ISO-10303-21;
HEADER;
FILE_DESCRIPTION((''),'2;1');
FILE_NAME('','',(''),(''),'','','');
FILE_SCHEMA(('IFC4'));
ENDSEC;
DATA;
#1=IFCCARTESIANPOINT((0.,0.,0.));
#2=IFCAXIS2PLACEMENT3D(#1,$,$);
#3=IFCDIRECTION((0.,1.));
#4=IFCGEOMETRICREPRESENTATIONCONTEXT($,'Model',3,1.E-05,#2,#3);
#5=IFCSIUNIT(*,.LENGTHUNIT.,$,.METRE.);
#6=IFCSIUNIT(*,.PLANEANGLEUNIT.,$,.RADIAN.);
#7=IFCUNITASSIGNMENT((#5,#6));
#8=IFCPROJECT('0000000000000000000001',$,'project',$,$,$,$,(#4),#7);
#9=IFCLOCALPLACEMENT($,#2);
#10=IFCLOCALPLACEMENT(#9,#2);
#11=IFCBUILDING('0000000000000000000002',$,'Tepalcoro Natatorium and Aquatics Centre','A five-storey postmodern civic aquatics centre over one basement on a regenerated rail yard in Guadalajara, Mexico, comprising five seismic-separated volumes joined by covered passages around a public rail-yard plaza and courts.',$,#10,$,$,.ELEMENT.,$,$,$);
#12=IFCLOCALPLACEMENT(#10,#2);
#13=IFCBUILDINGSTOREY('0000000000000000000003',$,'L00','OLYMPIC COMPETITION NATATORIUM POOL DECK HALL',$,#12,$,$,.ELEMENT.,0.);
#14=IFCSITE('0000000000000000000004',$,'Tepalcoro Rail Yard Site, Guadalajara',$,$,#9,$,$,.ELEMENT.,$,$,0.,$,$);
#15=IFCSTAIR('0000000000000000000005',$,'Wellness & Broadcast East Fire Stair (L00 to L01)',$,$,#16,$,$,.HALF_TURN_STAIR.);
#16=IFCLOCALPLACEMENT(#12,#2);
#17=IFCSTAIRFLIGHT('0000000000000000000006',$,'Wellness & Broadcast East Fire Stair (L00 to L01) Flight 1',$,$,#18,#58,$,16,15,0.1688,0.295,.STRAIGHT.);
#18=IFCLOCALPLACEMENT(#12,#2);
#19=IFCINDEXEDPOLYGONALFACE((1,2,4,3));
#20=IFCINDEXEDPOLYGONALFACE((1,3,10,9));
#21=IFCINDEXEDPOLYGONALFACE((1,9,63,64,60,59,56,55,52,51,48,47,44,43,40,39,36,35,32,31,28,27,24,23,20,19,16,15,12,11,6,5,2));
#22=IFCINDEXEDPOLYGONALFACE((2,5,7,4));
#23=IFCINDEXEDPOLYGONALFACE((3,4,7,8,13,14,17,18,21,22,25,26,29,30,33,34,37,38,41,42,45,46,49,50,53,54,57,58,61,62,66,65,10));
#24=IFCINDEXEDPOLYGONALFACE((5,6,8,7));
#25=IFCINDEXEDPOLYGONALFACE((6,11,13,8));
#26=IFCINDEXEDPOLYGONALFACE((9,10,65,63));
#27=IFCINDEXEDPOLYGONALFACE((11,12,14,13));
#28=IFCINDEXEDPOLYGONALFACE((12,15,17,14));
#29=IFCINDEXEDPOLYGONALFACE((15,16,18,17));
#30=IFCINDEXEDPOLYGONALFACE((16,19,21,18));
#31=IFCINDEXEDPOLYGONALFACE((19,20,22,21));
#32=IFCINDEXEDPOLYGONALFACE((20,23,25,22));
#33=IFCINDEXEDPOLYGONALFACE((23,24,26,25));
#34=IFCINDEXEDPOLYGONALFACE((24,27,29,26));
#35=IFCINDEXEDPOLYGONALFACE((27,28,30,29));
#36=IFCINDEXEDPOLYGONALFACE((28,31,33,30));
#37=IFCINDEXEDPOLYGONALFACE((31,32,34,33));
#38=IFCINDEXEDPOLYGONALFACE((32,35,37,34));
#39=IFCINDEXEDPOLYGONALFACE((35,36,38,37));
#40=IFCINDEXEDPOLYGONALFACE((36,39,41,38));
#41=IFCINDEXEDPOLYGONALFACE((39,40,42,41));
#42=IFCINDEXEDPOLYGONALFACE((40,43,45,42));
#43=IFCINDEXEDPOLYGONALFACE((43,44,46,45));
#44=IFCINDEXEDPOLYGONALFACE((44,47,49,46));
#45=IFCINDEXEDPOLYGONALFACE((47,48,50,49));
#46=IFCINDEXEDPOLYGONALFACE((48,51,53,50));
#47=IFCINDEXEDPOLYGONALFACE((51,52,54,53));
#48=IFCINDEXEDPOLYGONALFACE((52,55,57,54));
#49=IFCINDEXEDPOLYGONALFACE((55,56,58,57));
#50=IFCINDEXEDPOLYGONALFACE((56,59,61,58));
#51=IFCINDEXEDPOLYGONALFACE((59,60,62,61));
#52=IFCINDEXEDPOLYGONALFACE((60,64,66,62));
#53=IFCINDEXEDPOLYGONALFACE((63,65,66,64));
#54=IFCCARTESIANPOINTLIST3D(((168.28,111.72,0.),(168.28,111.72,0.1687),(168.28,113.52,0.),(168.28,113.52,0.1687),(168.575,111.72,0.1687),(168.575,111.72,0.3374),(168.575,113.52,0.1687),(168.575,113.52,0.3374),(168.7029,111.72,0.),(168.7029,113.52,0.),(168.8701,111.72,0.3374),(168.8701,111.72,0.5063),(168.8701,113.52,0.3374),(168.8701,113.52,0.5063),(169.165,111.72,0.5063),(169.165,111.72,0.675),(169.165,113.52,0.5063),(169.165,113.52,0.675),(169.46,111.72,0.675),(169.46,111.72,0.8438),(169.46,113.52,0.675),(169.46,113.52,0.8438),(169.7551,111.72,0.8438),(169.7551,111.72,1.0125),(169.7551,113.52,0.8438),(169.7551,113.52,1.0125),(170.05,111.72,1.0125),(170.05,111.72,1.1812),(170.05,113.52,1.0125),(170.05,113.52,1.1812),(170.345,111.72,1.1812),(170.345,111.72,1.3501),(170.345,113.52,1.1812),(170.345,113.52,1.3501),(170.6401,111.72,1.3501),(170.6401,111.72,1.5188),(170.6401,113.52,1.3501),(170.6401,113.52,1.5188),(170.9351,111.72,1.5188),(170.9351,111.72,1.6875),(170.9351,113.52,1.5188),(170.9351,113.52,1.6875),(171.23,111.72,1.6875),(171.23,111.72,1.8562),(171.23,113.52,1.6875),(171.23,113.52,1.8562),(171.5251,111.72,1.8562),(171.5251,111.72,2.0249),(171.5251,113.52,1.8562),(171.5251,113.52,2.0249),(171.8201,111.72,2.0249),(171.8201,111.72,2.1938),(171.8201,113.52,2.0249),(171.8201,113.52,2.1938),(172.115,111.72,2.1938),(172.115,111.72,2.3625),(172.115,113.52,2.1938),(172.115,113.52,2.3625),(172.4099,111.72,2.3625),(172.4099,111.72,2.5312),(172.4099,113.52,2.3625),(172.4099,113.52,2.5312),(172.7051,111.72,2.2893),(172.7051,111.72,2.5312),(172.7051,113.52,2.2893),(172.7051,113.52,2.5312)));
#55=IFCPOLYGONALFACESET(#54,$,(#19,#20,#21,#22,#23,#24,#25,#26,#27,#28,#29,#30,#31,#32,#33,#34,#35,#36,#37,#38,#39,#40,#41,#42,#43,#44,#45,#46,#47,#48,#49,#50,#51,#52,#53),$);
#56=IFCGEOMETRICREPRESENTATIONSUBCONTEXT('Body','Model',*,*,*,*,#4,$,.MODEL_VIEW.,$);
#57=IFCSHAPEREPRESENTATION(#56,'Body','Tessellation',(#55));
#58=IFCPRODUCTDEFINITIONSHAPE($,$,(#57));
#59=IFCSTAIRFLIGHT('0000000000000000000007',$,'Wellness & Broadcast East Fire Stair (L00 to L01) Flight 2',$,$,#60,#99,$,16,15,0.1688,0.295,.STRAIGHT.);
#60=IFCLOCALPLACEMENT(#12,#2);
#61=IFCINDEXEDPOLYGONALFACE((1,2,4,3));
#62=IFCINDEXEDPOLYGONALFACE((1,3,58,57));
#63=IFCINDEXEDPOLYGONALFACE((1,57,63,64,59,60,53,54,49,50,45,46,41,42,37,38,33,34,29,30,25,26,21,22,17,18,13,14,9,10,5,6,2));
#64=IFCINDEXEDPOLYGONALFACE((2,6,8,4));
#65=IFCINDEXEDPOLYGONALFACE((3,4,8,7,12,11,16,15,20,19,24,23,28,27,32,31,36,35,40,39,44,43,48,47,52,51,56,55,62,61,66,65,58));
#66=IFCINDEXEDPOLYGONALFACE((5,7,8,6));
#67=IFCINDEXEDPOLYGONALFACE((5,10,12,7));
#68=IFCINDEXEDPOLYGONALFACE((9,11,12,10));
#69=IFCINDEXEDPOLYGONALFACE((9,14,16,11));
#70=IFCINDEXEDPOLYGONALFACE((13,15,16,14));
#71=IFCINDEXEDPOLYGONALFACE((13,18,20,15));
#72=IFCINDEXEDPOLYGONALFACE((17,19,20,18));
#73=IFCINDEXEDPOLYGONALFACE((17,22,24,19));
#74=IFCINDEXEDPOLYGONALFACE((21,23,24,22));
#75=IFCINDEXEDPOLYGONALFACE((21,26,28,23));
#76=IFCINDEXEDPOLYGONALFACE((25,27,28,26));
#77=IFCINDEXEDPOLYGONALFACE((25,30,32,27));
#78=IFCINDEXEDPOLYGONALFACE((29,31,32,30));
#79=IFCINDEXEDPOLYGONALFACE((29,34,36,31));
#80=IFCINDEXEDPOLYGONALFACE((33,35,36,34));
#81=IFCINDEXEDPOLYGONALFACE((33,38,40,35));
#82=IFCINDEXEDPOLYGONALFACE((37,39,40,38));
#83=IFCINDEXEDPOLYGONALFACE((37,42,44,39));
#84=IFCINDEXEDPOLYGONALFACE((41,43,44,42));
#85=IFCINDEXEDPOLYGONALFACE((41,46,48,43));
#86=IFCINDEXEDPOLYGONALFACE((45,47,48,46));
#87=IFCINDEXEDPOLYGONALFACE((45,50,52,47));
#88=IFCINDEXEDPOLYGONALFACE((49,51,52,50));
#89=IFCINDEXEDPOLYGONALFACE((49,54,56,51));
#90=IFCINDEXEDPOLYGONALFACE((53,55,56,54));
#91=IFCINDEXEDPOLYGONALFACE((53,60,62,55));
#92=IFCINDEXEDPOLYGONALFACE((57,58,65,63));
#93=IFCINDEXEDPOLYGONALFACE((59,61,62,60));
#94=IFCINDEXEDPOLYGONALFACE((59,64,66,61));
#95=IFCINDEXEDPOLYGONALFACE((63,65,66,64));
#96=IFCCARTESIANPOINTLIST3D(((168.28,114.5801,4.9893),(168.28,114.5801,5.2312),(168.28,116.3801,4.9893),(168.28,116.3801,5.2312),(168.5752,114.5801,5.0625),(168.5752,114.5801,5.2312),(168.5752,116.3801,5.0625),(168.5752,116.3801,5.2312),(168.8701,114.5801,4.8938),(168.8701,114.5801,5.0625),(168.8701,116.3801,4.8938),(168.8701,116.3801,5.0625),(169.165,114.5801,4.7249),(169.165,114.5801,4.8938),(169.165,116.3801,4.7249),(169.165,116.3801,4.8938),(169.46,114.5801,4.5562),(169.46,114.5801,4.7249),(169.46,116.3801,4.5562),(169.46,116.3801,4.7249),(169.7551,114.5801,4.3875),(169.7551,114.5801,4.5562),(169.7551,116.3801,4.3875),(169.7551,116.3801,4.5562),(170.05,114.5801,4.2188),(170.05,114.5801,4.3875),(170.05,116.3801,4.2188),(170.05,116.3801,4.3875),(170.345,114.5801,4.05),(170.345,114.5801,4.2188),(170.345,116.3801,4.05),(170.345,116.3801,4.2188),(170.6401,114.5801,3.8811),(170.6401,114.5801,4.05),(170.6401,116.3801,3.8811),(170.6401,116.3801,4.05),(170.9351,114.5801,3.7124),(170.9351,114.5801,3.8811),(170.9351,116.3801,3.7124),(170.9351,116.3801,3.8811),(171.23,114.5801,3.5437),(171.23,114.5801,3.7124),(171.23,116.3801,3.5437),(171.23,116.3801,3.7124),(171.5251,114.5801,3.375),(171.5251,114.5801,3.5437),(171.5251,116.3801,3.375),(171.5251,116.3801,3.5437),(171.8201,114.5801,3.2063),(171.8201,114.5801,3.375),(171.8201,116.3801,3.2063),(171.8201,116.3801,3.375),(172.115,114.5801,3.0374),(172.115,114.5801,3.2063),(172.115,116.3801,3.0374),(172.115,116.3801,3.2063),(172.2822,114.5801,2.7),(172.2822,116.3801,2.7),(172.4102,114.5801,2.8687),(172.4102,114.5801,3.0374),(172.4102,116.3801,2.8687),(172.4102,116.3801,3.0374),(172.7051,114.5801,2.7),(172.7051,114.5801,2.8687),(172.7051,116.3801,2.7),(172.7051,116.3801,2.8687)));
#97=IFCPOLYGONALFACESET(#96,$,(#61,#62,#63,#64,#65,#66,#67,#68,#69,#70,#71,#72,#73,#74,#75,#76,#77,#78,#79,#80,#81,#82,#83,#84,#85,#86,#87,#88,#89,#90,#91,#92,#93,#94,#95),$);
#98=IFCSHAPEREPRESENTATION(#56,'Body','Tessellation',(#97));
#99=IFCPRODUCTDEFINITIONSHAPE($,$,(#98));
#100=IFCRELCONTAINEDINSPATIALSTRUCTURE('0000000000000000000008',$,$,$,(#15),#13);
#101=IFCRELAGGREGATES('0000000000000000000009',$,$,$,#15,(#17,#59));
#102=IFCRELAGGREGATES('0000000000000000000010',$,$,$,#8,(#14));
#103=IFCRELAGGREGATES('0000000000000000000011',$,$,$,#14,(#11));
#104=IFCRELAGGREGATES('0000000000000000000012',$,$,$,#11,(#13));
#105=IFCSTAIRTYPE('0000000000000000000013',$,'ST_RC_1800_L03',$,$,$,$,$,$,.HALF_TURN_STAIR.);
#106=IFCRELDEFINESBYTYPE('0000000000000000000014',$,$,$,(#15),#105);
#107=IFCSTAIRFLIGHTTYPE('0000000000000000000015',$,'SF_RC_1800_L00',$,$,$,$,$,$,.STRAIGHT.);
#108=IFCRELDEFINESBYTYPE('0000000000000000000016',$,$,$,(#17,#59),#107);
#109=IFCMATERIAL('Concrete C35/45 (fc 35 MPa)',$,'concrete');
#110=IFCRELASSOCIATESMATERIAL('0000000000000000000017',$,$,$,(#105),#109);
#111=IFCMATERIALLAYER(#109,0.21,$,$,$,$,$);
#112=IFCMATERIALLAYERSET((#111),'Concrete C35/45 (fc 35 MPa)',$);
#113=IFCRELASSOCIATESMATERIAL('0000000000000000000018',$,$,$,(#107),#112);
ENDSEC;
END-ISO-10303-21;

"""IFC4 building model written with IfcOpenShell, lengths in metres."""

from ifc_helpers import new_model, si_unit, direction, frame, origin, place, context, subcontext, project, spatial, polyline, outline, extrude, material, layer, layer_set, type_object, element, aggregate, save


model = new_model("IFC4")

# Units and contexts
model_context = context("Model", 3, precision=1e-05, world=origin(), true_north=direction((0.0, 1.0)))
body_context = subcontext(model_context, "Body", "Model", "MODEL_VIEW")
ifc_project = project(units=[si_unit("LENGTHUNIT", "METRE"), si_unit("PLANEANGLEUNIT", "RADIAN")], contexts=[model_context])

# Site, building, storey
site_placement = place(None, origin())
site = spatial("IfcSite", under=ifc_project, at=site_placement, Name="Tepalcoro Rail Yard Site, Guadalajara", CompositionType="ELEMENT", RefElevation=0.0)
building_placement = place(site_placement, origin())
building = spatial("IfcBuilding", under=site, at=building_placement, Name="Tepalcoro Natatorium and Aquatics Centre", Description="A five-storey postmodern civic aquatics centre over one basement on a regenerated rail yard in Guadalajara, Mexico, comprising five seismic-separated volumes joined by covered passages around a public rail-yard plaza and courts.", CompositionType="ELEMENT")
storey_placement = place(building_placement, origin())
storey = spatial("IfcBuildingStorey", under=building, at=storey_placement, Name="L00", Description="OLYMPIC COMPETITION NATATORIUM POOL DECK HALL", CompositionType="ELEMENT", Elevation=0.0)

# Stair, stair flights
ifc_material_1 = material(Name="Concrete C35/45 (fc 35 MPa)", Category="concrete")
stair_type = type_object("IfcStairType", Name="ST_RC_1800_L03", PredefinedType="HALF_TURN_STAIR", material=ifc_material_1)
stair_placement = place(storey_placement, origin())
stair = element("IfcStair", 1, at=stair_placement, inside=storey, type_object=stair_type, Name="Wellness & Broadcast East Fire Stair (L00 to L01)", PredefinedType="HALF_TURN_STAIR")
ifc_layer_1 = layer(ifc_material_1, 0.21)
ifc_layer_set_1 = layer_set([ifc_layer_1], Name="Concrete C35/45 (fc 35 MPa)")
stair_flight_type = type_object("IfcStairFlightType", Name="SF_RC_1800_L00", PredefinedType="STRAIGHT", material=ifc_layer_set_1)
stair_flight_1_placement = place(storey_placement, frame((168.28, 112.6201, 0.0), z_axis=(0.0, 0.0, 1.0), x_axis=(1.0, 0.0, 0.0)))
stair_flight_1 = element("IfcStairFlight", 2, at=stair_flight_1_placement, type_object=stair_flight_type, Name="Wellness & Broadcast East Fire Stair (L00 to L01) Flight 1", NumberOfRisers=16, NumberOfTreads=15, PredefinedType="STRAIGHT", RiserHeight=0.1688, TreadLength=0.295, context=body_context, shape_type="SweptSolid", body=[
    extrude(outline(polyline([(0.0, 0.0), (0.0, 0.1687), (0.2949, 0.1687), (0.2949, 0.3374), (0.5901, 0.3374), (0.5901, 0.5063), (0.885, 0.5063), (0.885, 0.675), (1.1799, 0.675), (1.1799, 0.8438), (1.4751, 0.8438), (1.4751, 1.0125), (1.77, 1.0125), (1.77, 1.1812), (2.0649, 1.1812), (2.0649, 1.3501), (2.3601, 1.3501), (2.3601, 1.5188), (2.655, 1.5188), (2.655, 1.6875), (2.95, 1.6875), (2.95, 1.8562), (3.2451, 1.8562), (3.2451, 2.0249), (3.54, 2.0249), (3.54, 2.1938), (3.835, 2.1938), (3.835, 2.3625), (4.1299, 2.3625), (4.1299, 2.5312), (4.425, 2.5312), (4.425, 2.7), (4.425, 2.2893), (0.4229, 0.0), (0.0, 0.0)])), frame((0.0, 0.8999, 0.0), z_axis=(0.0, -1.0, 0.0), x_axis=(1.0, 0.0, 0.0)), (0.0, 0.0, 1.0), 1.8),
])
stair_flight_2_placement = place(storey_placement, frame((172.7051, 115.48, 2.7), z_axis=(0.0, 0.0, 1.0), x_axis=(-1.0, 0.0, 0.0)))
stair_flight_2 = element("IfcStairFlight", 3, at=stair_flight_2_placement, type_object=stair_flight_type, Name="Wellness & Broadcast East Fire Stair (L00 to L01) Flight 2", NumberOfRisers=16, NumberOfTreads=15, PredefinedType="STRAIGHT", RiserHeight=0.1688, TreadLength=0.295, context=body_context, shape_type="SweptSolid", body=[
    extrude(outline(polyline([(0.0, 0.0), (0.0, 0.1687), (0.2949, 0.1687), (0.2949, 0.3374), (0.5901, 0.3374), (0.5901, 0.5063), (0.885, 0.5063), (0.885, 0.675), (1.1799, 0.675), (1.1799, 0.8438), (1.4751, 0.8438), (1.4751, 1.0125), (1.77, 1.0125), (1.77, 1.1812), (2.0649, 1.1812), (2.0649, 1.3501), (2.3601, 1.3501), (2.3601, 1.5188), (2.655, 1.5188), (2.655, 1.6875), (2.95, 1.6875), (2.95, 1.8562), (3.2451, 1.8562), (3.2451, 2.0249), (3.54, 2.0249), (3.54, 2.1938), (3.835, 2.1938), (3.835, 2.3625), (4.1299, 2.3625), (4.1299, 2.5312), (4.425, 2.5312), (4.425, 2.7), (4.425, 2.2893), (0.4229, 0.0), (0.0, 0.0)])), frame((0.0, 0.8999, 0.0), z_axis=(0.0, -1.0, 0.0), x_axis=(1.0, 0.0, 0.0)), (0.0, 0.0, 1.0), 1.8),
])
aggregate(stair, [stair_flight_1, stair_flight_2])

save(model, "model.ifc")
